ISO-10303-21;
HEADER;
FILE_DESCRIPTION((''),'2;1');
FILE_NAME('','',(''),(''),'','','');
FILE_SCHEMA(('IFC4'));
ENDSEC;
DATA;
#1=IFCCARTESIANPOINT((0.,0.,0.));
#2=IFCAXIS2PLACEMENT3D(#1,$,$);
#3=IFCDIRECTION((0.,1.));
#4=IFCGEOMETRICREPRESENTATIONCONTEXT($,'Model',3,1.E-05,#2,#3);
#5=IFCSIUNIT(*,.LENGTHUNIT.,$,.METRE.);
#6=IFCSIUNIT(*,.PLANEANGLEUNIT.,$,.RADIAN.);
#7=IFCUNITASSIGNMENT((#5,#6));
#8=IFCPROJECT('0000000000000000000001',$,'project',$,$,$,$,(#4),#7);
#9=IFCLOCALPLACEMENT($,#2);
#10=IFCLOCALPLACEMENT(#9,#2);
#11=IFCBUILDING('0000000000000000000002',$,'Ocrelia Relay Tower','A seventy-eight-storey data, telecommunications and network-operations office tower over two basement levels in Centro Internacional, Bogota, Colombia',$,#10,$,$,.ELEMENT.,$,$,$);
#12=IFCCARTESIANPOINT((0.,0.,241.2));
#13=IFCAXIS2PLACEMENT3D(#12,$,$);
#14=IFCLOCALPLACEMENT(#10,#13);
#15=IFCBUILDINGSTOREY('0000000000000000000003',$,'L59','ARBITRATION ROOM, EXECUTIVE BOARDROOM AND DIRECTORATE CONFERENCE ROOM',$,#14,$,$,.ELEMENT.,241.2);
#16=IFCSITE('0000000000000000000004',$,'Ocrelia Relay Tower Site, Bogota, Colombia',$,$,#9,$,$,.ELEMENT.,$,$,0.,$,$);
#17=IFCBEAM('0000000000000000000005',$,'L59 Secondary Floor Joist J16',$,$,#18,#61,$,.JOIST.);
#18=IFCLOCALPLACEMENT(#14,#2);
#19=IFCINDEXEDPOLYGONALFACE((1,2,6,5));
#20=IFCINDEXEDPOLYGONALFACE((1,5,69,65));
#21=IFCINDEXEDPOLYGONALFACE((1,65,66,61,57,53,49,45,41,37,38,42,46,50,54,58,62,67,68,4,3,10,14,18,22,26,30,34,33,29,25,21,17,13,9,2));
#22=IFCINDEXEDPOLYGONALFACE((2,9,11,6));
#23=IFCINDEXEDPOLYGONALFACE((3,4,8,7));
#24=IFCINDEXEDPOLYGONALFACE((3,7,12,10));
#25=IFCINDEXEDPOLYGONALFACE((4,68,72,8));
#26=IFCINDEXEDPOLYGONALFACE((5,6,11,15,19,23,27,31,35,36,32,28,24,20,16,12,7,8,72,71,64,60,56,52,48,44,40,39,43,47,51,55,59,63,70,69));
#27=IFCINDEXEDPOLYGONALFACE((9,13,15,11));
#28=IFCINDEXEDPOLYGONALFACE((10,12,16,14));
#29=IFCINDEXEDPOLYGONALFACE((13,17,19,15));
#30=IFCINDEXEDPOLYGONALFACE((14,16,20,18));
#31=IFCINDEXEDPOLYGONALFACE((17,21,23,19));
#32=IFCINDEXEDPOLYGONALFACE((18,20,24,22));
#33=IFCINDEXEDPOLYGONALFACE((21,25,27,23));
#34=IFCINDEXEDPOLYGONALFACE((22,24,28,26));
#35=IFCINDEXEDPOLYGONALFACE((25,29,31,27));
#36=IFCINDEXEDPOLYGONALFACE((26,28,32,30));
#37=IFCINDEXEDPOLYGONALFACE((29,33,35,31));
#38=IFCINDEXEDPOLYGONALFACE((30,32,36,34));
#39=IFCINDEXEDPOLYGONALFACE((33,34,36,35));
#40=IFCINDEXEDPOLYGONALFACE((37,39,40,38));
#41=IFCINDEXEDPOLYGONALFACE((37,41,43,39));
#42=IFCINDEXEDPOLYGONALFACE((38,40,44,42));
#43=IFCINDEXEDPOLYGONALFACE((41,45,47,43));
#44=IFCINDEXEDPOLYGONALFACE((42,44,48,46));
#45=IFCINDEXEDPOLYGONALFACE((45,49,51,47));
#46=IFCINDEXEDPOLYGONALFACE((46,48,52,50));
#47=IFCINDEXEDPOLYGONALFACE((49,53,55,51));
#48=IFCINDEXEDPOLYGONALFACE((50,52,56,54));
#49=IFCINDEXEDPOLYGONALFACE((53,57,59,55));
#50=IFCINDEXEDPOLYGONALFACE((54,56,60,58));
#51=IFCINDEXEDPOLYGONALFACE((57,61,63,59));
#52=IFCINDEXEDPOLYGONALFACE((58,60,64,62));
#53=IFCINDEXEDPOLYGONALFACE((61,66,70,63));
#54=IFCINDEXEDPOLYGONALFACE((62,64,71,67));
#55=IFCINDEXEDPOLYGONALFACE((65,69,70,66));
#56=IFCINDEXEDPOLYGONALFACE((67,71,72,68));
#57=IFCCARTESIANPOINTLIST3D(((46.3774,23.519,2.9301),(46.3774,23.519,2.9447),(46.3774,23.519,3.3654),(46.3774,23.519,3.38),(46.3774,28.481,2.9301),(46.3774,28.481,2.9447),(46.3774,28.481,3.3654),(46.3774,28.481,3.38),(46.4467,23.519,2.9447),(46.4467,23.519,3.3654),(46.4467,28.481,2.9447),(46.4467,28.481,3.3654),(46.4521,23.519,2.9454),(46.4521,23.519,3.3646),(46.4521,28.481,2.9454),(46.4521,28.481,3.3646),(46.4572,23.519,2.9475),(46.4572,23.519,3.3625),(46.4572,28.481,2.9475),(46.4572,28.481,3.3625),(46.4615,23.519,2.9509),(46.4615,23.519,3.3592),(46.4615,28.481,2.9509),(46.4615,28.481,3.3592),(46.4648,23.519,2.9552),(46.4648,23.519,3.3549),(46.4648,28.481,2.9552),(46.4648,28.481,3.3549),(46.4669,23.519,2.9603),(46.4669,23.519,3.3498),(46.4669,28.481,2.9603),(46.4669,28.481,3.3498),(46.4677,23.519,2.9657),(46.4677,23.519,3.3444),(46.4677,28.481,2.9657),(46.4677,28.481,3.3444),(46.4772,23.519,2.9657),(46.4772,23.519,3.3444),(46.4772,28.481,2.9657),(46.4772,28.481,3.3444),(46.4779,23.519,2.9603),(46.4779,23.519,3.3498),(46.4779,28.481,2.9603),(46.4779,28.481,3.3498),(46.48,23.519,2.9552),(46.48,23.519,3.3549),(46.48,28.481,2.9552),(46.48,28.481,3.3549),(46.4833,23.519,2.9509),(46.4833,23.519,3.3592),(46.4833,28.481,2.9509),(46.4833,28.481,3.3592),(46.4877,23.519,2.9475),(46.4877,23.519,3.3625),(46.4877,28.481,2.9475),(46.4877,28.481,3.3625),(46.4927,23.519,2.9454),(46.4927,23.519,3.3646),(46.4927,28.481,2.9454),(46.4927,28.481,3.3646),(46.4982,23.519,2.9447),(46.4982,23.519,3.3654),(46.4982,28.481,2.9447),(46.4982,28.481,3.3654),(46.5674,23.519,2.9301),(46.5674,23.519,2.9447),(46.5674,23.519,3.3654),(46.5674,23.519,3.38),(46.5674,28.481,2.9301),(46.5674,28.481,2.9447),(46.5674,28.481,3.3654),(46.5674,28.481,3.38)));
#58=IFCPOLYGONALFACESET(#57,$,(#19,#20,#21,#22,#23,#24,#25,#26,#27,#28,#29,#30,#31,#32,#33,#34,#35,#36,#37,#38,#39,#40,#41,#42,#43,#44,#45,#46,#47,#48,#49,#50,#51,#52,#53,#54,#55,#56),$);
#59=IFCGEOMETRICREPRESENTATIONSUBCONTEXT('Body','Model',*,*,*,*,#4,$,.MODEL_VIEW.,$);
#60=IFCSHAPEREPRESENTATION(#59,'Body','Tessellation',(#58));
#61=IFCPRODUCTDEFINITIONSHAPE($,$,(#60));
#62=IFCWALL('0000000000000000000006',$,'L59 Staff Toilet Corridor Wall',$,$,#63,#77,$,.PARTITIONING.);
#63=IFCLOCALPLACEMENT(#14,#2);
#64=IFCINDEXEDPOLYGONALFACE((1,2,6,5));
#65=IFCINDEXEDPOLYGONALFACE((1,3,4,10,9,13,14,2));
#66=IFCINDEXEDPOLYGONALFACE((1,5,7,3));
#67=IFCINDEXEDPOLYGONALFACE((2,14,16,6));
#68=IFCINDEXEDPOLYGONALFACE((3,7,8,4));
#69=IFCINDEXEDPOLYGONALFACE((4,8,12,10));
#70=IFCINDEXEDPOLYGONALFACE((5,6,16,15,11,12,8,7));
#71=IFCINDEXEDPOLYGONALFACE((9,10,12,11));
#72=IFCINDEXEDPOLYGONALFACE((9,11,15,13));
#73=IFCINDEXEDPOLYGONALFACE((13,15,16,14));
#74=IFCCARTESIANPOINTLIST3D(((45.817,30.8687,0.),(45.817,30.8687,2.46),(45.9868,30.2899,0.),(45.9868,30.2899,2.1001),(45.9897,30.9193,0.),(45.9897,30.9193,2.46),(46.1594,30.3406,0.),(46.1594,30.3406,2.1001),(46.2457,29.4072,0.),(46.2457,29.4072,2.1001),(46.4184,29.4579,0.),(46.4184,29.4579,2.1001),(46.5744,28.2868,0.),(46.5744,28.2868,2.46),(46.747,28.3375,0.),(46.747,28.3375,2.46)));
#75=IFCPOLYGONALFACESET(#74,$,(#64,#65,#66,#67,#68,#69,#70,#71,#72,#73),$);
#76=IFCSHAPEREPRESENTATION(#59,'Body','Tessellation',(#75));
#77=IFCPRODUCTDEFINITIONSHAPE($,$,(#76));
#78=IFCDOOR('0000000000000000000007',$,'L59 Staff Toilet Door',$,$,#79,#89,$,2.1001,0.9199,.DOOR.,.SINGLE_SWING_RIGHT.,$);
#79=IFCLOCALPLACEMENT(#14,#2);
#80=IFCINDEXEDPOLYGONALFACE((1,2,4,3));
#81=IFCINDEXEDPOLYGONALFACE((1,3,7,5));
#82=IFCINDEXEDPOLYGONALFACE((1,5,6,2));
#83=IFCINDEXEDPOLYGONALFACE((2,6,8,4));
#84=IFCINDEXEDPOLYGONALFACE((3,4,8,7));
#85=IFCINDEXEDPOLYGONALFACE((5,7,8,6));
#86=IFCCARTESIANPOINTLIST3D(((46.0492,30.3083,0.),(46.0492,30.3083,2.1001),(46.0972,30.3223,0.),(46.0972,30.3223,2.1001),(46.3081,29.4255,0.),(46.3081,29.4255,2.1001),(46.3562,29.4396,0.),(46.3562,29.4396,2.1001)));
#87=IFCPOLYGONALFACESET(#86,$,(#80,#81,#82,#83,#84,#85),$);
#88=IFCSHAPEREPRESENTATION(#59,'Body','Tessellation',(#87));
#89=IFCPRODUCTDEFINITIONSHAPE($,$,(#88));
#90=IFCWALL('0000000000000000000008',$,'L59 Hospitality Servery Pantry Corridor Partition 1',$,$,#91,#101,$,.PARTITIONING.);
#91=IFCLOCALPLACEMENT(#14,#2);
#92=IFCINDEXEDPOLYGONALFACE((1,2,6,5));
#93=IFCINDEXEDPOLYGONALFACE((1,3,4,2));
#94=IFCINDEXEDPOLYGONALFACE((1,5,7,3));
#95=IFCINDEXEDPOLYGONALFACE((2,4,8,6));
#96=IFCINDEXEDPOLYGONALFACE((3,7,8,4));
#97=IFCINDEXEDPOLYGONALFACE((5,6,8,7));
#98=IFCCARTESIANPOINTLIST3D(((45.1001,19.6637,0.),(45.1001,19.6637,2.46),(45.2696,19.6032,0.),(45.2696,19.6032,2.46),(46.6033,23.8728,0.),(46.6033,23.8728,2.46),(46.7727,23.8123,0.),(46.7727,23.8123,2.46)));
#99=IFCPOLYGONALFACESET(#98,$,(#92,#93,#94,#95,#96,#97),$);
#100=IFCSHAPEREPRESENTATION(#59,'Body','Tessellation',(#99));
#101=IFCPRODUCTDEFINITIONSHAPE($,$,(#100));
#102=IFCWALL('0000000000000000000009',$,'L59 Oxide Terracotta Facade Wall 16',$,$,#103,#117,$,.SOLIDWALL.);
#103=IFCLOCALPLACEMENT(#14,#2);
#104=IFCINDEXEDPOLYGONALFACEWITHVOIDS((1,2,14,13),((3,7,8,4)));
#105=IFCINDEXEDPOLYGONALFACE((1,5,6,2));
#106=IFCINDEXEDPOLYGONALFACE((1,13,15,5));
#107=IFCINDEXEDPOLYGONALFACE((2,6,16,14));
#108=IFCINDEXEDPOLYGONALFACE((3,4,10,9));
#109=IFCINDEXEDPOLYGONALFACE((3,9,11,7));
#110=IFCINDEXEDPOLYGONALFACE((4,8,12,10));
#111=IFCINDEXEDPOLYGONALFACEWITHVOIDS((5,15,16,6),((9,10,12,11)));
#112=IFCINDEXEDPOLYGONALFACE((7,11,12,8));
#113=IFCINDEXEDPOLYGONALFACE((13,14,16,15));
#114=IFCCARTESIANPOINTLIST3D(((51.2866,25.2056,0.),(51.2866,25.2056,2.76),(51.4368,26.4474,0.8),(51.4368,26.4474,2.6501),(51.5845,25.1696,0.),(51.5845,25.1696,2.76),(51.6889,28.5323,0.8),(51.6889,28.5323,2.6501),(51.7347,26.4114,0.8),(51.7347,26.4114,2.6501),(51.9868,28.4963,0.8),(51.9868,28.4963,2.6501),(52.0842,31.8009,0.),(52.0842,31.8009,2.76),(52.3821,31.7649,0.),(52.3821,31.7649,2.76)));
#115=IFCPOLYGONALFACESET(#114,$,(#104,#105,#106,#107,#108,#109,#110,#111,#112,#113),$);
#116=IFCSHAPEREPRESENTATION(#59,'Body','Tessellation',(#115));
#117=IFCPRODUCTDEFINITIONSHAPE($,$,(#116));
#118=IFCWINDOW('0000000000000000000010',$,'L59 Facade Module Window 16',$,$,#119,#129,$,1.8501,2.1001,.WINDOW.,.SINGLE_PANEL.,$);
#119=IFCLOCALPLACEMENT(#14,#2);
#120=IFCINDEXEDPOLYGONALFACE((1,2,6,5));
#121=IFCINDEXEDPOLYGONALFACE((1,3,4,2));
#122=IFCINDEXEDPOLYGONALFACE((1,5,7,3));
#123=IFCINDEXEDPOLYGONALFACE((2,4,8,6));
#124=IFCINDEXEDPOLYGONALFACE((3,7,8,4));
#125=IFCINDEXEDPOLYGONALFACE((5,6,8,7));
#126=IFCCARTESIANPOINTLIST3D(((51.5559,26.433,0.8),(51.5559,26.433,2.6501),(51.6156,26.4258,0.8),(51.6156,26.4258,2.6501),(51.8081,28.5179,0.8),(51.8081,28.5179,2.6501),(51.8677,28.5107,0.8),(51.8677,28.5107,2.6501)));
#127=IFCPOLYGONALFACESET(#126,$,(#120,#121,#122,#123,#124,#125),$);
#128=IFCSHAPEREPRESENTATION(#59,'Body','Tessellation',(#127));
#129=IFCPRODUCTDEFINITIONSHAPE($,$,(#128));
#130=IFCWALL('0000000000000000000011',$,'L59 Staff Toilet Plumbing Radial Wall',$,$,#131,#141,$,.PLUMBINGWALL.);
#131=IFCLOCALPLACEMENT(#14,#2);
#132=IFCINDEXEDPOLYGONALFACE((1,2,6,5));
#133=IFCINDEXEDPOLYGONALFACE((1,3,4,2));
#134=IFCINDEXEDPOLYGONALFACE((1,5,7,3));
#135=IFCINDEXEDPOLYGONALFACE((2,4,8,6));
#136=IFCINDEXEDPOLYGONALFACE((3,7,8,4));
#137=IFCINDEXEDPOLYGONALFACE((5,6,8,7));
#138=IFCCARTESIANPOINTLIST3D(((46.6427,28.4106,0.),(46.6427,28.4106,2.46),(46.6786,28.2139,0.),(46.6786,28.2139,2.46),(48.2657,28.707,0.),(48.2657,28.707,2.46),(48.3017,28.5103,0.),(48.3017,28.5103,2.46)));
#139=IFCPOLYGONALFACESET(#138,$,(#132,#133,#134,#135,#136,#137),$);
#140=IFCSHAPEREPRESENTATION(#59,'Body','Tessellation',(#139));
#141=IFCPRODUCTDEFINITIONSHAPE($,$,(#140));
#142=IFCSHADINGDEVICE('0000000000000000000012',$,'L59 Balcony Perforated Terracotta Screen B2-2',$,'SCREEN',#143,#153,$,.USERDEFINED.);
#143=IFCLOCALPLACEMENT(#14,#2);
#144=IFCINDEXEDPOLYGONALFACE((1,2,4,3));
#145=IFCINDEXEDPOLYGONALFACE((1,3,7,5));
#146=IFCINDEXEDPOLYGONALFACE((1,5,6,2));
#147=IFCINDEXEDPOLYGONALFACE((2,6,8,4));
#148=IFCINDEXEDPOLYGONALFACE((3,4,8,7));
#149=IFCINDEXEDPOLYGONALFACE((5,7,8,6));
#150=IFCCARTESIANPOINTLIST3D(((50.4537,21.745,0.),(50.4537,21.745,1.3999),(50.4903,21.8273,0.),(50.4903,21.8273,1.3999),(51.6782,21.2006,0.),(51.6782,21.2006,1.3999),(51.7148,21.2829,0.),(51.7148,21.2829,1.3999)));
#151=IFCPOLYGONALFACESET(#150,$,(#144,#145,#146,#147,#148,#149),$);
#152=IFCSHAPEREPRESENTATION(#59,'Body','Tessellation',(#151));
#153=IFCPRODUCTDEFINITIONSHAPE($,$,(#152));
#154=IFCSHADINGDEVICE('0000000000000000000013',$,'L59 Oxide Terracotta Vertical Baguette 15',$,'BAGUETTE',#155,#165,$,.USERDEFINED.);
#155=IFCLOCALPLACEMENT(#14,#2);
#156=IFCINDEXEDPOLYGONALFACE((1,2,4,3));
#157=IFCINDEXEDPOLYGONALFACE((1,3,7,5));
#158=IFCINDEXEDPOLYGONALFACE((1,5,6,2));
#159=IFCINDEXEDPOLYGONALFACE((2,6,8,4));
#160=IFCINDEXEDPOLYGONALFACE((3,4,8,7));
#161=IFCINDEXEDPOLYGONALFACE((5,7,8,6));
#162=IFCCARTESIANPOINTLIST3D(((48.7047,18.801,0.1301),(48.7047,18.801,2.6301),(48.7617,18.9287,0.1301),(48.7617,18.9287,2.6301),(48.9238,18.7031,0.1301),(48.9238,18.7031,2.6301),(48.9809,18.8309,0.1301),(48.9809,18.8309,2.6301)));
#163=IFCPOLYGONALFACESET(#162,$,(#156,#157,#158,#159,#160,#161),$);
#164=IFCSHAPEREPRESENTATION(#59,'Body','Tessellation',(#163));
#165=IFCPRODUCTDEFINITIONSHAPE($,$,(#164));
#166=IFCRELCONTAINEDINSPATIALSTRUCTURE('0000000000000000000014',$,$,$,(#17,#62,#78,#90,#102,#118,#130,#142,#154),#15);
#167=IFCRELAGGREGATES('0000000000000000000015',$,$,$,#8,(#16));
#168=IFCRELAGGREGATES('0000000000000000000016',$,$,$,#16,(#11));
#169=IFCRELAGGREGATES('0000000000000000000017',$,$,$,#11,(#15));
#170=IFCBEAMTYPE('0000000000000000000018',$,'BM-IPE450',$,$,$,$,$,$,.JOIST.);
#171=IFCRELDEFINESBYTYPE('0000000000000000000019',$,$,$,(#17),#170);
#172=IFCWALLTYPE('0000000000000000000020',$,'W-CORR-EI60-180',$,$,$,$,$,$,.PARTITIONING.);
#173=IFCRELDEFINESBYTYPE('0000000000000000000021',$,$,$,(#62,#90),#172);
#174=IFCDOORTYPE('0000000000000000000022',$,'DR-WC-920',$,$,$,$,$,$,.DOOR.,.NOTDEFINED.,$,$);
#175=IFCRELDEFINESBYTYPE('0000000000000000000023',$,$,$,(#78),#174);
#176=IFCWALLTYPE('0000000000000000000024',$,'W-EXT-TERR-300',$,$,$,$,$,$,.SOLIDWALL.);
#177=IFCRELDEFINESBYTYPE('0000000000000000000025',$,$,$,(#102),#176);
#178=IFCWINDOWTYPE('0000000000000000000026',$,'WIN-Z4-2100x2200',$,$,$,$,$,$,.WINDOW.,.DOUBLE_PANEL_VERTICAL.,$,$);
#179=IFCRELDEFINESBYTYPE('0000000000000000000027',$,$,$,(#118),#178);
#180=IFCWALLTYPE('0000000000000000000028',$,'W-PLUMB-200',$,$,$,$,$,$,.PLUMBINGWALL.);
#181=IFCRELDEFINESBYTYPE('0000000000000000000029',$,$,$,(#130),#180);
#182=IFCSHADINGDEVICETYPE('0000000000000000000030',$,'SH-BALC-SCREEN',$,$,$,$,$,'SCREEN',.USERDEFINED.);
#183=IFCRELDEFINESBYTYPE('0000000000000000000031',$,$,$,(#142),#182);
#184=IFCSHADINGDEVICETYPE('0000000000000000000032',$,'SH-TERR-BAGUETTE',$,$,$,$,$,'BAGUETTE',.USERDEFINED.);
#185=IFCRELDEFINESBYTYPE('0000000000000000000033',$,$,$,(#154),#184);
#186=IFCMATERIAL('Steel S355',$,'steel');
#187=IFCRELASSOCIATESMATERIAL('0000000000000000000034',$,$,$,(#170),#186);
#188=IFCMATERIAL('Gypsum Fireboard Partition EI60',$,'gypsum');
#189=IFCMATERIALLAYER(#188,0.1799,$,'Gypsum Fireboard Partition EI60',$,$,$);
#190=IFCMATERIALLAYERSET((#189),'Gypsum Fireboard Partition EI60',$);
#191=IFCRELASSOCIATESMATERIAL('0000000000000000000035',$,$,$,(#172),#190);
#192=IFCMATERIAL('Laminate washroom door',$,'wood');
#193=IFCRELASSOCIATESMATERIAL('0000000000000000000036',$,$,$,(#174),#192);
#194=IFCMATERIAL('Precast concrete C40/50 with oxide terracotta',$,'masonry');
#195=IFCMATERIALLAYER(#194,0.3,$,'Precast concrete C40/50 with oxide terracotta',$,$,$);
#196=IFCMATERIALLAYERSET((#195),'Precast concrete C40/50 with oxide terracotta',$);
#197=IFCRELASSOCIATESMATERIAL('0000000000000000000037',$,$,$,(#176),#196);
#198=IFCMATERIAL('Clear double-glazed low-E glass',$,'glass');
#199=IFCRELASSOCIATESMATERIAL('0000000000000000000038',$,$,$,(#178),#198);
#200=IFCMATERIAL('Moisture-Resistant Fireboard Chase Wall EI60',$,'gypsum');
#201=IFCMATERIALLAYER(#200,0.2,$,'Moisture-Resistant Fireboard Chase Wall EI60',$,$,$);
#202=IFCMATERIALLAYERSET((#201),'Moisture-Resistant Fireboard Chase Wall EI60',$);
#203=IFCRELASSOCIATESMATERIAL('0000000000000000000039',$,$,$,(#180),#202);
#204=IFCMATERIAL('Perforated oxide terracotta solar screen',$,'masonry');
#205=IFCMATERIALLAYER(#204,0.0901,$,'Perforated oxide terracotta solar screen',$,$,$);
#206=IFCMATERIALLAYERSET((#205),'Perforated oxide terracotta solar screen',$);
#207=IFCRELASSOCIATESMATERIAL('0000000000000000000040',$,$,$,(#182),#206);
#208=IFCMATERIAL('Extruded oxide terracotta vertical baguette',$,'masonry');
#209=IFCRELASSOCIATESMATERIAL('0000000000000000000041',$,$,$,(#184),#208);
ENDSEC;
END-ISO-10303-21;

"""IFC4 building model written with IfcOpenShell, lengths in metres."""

from ifc_helpers import new_model, si_unit, direction, frame, frame_2d, origin, origin_2d, place, context, subcontext, project, spatial, rectangle, i_section, extrude, material, layer, layer_set, material_profile, profile_set, type_object, element, fill, save


model = new_model("IFC4")

# Units and contexts
model_context = context("Model", 3, precision=1e-05, world=origin(), true_north=direction((0.0, 1.0)))
body_context = subcontext(model_context, "Body", "Model", "MODEL_VIEW")
ifc_project = project(units=[si_unit("LENGTHUNIT", "METRE"), si_unit("PLANEANGLEUNIT", "RADIAN")], contexts=[model_context])

# Site, building, storey
site_placement = place(None, origin())
site = spatial("IfcSite", under=ifc_project, at=site_placement, Name="Ocrelia Relay Tower Site, Bogota, Colombia", CompositionType="ELEMENT", RefElevation=0.0)
building_placement = place(site_placement, origin())
building = spatial("IfcBuilding", under=site, at=building_placement, Name="Ocrelia Relay Tower", Description="A seventy-eight-storey data, telecommunications and network-operations office tower over two basement levels in Centro Internacional, Bogota, Colombia", CompositionType="ELEMENT")
storey_placement = place(building_placement, frame((0.0, 0.0, 241.2)))
storey = spatial("IfcBuildingStorey", under=building, at=storey_placement, Name="L59", Description="ARBITRATION ROOM, EXECUTIVE BOARDROOM AND DIRECTORATE CONFERENCE ROOM", CompositionType="ELEMENT", Elevation=241.2)

# Beam
ifc_material_1 = material(Name="Steel S355", Category="steel")
ifc_material_profile_1 = material_profile(ifc_material_1, i_section(OverallWidth=0.1899, OverallDepth=0.45, WebThickness=0.0095, FlangeThickness=0.0146, FilletRadius=0.021, at=origin_2d()), Name="IPE 450")
ifc_profile_set_1 = profile_set([ifc_material_profile_1], Name="Steel S355")
beam_type_1 = type_object("IfcBeamType", Name="BM-IPE450", PredefinedType="JOIST", material=ifc_profile_set_1)
beam_1_placement = place(storey_placement, frame((46.4724, 23.519, 3.155), z_axis=(0.0, 1.0, 0.0), x_axis=(-1.0, 0.0, 0.0)))
element("IfcBeam", 1, at=beam_1_placement, inside=storey, type_object=beam_type_1, Name="L59 Secondary Floor Joist J16", PredefinedType="JOIST", context=body_context, shape_type="SweptSolid", body=[
    extrude(i_section(OverallWidth=0.1899, OverallDepth=0.45, WebThickness=0.0095, FlangeThickness=0.0146, FilletRadius=0.021, at=origin_2d()), origin(), (0.0, 0.0, 1.0), 4.9619),
])

# Wall, opening, door
ifc_material_2 = material(Name="Gypsum Fireboard Partition EI60", Category="gypsum")
ifc_layer_1 = layer(ifc_material_2, 0.1799, Name="Gypsum Fireboard Partition EI60")
ifc_layer_set_1 = layer_set([ifc_layer_1], Name="Gypsum Fireboard Partition EI60")
wall_type_1 = type_object("IfcWallType", Name="W-CORR-EI60-180", PredefinedType="PARTITIONING", material=ifc_layer_set_1)
wall_1_placement = place(storey_placement, frame((46.6606, 28.3123, 0.0), z_axis=(0.0, 0.0, 1.0), x_axis=(-0.281474, 0.959569, 0.0)))
wall_1 = element("IfcWall", 2, at=wall_1_placement, inside=storey, type_object=wall_type_1, Name="L59 Staff Toilet Corridor Wall", PredefinedType="PARTITIONING", context=body_context, shape_type="SweptSolid", body=[
    extrude(rectangle(XDim=2.6907, YDim=0.1799, at=frame_2d((1.3452, 0.0))), origin(), (0.0, 0.0, 1.0), 2.46),
])
opening_1_placement = place(wall_1_placement, frame((1.1675, 0.0, 0.0)))
opening_1 = element("IfcOpeningElement", 3, at=opening_1_placement, cuts=wall_1, PredefinedType="OPENING", context=body_context, shape_type="SweptSolid", body=[
    extrude(rectangle(XDim=0.9199, YDim=2.1001, at=frame_2d((0.46, 1.05))), frame((0.0, 0.1001, 0.0), z_axis=(0.0, -1.0, 0.0), x_axis=(1.0, 0.0, 0.0)), (0.0, 0.0, 1.0), 0.2),
])
ifc_material_3 = material(Name="Laminate washroom door", Category="wood")
door_type_1 = type_object("IfcDoorType", Name="DR-WC-920", OperationType="NOTDEFINED", PredefinedType="DOOR", material=ifc_material_3)
door_1_placement = place(opening_1_placement, origin())
door_1 = element("IfcDoor", 4, at=door_1_placement, inside=storey, type_object=door_type_1, Name="L59 Staff Toilet Door", OperationType="SINGLE_SWING_RIGHT", OverallHeight=2.1001, OverallWidth=0.9199, PredefinedType="DOOR", context=body_context, shape_type="SweptSolid", body=[
    extrude(rectangle(XDim=0.9199, YDim=2.1001, at=frame_2d((0.46, 1.05))), frame((0.0, 0.0249, 0.0), z_axis=(0.0, -1.0, 0.0), x_axis=(1.0, 0.0, 0.0)), (0.0, 0.0, 1.0), 0.05),
])
fill(opening_1, door_1)

# Wall
wall_2_placement = place(storey_placement, frame((45.1848, 19.6333, 0.0), z_axis=(0.0, 0.0, 1.0), x_axis=(0.336312, 0.941751, 0.0)))
element("IfcWall", 5, at=wall_2_placement, inside=storey, type_object=wall_type_1, Name="L59 Hospitality Servery Pantry Corridor Partition 1", PredefinedType="PARTITIONING", context=body_context, shape_type="SweptSolid", body=[
    extrude(rectangle(XDim=4.4695, YDim=0.1799, at=frame_2d((2.2349, 0.0))), origin(), (0.0, 0.0, 1.0), 2.46),
])

# Wall, opening, window
ifc_material_4 = material(Name="Precast concrete C40/50 with oxide terracotta", Category="masonry")
ifc_layer_2 = layer(ifc_material_4, 0.3, Name="Precast concrete C40/50 with oxide terracotta")
ifc_layer_set_2 = layer_set([ifc_layer_2], Name="Precast concrete C40/50 with oxide terracotta")
wall_type_2 = type_object("IfcWallType", Name="W-EXT-TERR-300", PredefinedType="SOLIDWALL", material=ifc_layer_set_2)
wall_3_placement = place(storey_placement, frame((51.4355, 25.1875, 0.0), z_axis=(0.0, 0.0, 1.0), x_axis=(0.120062, 0.992766, 0.0)))
wall_3 = element("IfcWall", 6, at=wall_3_placement, inside=storey, type_object=wall_type_2, Name="L59 Oxide Terracotta Facade Wall 16", PredefinedType="SOLIDWALL", context=body_context, shape_type="SweptSolid", body=[
    extrude(rectangle(XDim=6.6433, YDim=0.3, at=frame_2d((3.3218, 0.0))), origin(), (0.0, 0.0, 1.0), 2.76),
])
opening_2_placement = place(wall_3_placement, frame((1.251, 0.0, 0.8)))
opening_2 = element("IfcOpeningElement", 7, at=opening_2_placement, cuts=wall_3, PredefinedType="OPENING", context=body_context, shape_type="SweptSolid", body=[
    extrude(rectangle(XDim=2.1001, YDim=1.8501, at=frame_2d((1.05, 0.925))), frame((0.0, 0.1602, 0.0), z_axis=(0.0, -1.0, 0.0), x_axis=(1.0, 0.0, 0.0)), (0.0, 0.0, 1.0), 0.3201),
])
ifc_material_5 = material(Name="Clear double-glazed low-E glass", Category="glass")
window_type = type_object("IfcWindowType", Name="WIN-Z4-2100x2200", PartitioningType="DOUBLE_PANEL_VERTICAL", PredefinedType="WINDOW", material=ifc_material_5)
window_placement = place(opening_2_placement, origin())
window = element("IfcWindow", 8, at=window_placement, inside=storey, type_object=window_type, Name="L59 Facade Module Window 16", OverallHeight=1.8501, OverallWidth=2.1001, PartitioningType="SINGLE_PANEL", PredefinedType="WINDOW", context=body_context, shape_type="SweptSolid", body=[
    extrude(rectangle(XDim=2.1001, YDim=1.8501, at=frame_2d((1.05, 0.925))), frame((0.0, 0.03, 0.0), z_axis=(0.0, -1.0, 0.0), x_axis=(1.0, 0.0, 0.0)), (0.0, 0.0, 1.0), 0.0601),
])
fill(opening_2, window)

# Wall
ifc_material_6 = material(Name="Moisture-Resistant Fireboard Chase Wall EI60", Category="gypsum")
ifc_layer_3 = layer(ifc_material_6, 0.2, Name="Moisture-Resistant Fireboard Chase Wall EI60")
ifc_layer_set_3 = layer_set([ifc_layer_3], Name="Moisture-Resistant Fireboard Chase Wall EI60")
wall_type_3 = type_object("IfcWallType", Name="W-PLUMB-200", PredefinedType="PLUMBINGWALL", material=ifc_layer_set_3)
wall_4_placement = place(storey_placement, frame((46.6606, 28.3123, 0.0), z_axis=(0.0, 0.0, 1.0), x_axis=(0.983732, 0.179641, 0.0)))
element("IfcWall", 9, at=wall_4_placement, inside=storey, type_object=wall_type_3, Name="L59 Staff Toilet Plumbing Radial Wall", PredefinedType="PLUMBINGWALL", context=body_context, shape_type="SweptSolid", body=[
    extrude(rectangle(XDim=1.6499, YDim=0.2, at=frame_2d((0.825, 0.0))), origin(), (0.0, 0.0, 1.0), 2.46),
])

# Shading devices
ifc_material_7 = material(Name="Perforated oxide terracotta solar screen", Category="masonry")
ifc_layer_4 = layer(ifc_material_7, 0.0901, Name="Perforated oxide terracotta solar screen")
ifc_layer_set_4 = layer_set([ifc_layer_4], Name="Perforated oxide terracotta solar screen")
shading_device_type_1 = type_object("IfcShadingDeviceType", Name="SH-BALC-SCREEN", ElementType="SCREEN", PredefinedType="USERDEFINED", material=ifc_layer_set_4)
shading_device_1_placement = place(storey_placement, frame((51.0842, 21.5139, 0.0), z_axis=(0.0, 0.0, 1.0), x_axis=(0.913761, -0.406252, 0.0)))
element("IfcShadingDevice", 10, at=shading_device_1_placement, inside=storey, type_object=shading_device_type_1, Name="L59 Balcony Perforated Terracotta Screen B2-2", ObjectType="SCREEN", PredefinedType="USERDEFINED", context=body_context, shape_type="SweptSolid", body=[
    extrude(rectangle(XDim=1.3401, YDim=0.0901, at=origin_2d()), origin(), (0.0, 0.0, 1.0), 1.3999),
])
ifc_material_8 = material(Name="Extruded oxide terracotta vertical baguette", Category="masonry")
shading_device_type_2 = type_object("IfcShadingDeviceType", Name="SH-TERR-BAGUETTE", ElementType="BAGUETTE", PredefinedType="USERDEFINED", material=ifc_material_8)
for number, where, z_axis, x_axis, name in (
    (11, (48.8428, 18.8159, 0.1301), (0.0, 0.0, 1.0), (0.407664, 0.913132, 0.0), "L59 Oxide Terracotta Vertical Baguette 15"),
):
    element("IfcShadingDevice", number, at=place(storey_placement, frame(where, z_axis=z_axis, x_axis=x_axis)), inside=storey, type_object=shading_device_type_2, Name=name, ObjectType="BAGUETTE", PredefinedType="USERDEFINED", context=body_context, shape_type="SweptSolid", body=[
        extrude(rectangle(XDim=0.1399, YDim=0.24, at=origin_2d()), origin(), (0.0, 0.0, 1.0), 2.5),
    ])

save(model, "model.ifc")
